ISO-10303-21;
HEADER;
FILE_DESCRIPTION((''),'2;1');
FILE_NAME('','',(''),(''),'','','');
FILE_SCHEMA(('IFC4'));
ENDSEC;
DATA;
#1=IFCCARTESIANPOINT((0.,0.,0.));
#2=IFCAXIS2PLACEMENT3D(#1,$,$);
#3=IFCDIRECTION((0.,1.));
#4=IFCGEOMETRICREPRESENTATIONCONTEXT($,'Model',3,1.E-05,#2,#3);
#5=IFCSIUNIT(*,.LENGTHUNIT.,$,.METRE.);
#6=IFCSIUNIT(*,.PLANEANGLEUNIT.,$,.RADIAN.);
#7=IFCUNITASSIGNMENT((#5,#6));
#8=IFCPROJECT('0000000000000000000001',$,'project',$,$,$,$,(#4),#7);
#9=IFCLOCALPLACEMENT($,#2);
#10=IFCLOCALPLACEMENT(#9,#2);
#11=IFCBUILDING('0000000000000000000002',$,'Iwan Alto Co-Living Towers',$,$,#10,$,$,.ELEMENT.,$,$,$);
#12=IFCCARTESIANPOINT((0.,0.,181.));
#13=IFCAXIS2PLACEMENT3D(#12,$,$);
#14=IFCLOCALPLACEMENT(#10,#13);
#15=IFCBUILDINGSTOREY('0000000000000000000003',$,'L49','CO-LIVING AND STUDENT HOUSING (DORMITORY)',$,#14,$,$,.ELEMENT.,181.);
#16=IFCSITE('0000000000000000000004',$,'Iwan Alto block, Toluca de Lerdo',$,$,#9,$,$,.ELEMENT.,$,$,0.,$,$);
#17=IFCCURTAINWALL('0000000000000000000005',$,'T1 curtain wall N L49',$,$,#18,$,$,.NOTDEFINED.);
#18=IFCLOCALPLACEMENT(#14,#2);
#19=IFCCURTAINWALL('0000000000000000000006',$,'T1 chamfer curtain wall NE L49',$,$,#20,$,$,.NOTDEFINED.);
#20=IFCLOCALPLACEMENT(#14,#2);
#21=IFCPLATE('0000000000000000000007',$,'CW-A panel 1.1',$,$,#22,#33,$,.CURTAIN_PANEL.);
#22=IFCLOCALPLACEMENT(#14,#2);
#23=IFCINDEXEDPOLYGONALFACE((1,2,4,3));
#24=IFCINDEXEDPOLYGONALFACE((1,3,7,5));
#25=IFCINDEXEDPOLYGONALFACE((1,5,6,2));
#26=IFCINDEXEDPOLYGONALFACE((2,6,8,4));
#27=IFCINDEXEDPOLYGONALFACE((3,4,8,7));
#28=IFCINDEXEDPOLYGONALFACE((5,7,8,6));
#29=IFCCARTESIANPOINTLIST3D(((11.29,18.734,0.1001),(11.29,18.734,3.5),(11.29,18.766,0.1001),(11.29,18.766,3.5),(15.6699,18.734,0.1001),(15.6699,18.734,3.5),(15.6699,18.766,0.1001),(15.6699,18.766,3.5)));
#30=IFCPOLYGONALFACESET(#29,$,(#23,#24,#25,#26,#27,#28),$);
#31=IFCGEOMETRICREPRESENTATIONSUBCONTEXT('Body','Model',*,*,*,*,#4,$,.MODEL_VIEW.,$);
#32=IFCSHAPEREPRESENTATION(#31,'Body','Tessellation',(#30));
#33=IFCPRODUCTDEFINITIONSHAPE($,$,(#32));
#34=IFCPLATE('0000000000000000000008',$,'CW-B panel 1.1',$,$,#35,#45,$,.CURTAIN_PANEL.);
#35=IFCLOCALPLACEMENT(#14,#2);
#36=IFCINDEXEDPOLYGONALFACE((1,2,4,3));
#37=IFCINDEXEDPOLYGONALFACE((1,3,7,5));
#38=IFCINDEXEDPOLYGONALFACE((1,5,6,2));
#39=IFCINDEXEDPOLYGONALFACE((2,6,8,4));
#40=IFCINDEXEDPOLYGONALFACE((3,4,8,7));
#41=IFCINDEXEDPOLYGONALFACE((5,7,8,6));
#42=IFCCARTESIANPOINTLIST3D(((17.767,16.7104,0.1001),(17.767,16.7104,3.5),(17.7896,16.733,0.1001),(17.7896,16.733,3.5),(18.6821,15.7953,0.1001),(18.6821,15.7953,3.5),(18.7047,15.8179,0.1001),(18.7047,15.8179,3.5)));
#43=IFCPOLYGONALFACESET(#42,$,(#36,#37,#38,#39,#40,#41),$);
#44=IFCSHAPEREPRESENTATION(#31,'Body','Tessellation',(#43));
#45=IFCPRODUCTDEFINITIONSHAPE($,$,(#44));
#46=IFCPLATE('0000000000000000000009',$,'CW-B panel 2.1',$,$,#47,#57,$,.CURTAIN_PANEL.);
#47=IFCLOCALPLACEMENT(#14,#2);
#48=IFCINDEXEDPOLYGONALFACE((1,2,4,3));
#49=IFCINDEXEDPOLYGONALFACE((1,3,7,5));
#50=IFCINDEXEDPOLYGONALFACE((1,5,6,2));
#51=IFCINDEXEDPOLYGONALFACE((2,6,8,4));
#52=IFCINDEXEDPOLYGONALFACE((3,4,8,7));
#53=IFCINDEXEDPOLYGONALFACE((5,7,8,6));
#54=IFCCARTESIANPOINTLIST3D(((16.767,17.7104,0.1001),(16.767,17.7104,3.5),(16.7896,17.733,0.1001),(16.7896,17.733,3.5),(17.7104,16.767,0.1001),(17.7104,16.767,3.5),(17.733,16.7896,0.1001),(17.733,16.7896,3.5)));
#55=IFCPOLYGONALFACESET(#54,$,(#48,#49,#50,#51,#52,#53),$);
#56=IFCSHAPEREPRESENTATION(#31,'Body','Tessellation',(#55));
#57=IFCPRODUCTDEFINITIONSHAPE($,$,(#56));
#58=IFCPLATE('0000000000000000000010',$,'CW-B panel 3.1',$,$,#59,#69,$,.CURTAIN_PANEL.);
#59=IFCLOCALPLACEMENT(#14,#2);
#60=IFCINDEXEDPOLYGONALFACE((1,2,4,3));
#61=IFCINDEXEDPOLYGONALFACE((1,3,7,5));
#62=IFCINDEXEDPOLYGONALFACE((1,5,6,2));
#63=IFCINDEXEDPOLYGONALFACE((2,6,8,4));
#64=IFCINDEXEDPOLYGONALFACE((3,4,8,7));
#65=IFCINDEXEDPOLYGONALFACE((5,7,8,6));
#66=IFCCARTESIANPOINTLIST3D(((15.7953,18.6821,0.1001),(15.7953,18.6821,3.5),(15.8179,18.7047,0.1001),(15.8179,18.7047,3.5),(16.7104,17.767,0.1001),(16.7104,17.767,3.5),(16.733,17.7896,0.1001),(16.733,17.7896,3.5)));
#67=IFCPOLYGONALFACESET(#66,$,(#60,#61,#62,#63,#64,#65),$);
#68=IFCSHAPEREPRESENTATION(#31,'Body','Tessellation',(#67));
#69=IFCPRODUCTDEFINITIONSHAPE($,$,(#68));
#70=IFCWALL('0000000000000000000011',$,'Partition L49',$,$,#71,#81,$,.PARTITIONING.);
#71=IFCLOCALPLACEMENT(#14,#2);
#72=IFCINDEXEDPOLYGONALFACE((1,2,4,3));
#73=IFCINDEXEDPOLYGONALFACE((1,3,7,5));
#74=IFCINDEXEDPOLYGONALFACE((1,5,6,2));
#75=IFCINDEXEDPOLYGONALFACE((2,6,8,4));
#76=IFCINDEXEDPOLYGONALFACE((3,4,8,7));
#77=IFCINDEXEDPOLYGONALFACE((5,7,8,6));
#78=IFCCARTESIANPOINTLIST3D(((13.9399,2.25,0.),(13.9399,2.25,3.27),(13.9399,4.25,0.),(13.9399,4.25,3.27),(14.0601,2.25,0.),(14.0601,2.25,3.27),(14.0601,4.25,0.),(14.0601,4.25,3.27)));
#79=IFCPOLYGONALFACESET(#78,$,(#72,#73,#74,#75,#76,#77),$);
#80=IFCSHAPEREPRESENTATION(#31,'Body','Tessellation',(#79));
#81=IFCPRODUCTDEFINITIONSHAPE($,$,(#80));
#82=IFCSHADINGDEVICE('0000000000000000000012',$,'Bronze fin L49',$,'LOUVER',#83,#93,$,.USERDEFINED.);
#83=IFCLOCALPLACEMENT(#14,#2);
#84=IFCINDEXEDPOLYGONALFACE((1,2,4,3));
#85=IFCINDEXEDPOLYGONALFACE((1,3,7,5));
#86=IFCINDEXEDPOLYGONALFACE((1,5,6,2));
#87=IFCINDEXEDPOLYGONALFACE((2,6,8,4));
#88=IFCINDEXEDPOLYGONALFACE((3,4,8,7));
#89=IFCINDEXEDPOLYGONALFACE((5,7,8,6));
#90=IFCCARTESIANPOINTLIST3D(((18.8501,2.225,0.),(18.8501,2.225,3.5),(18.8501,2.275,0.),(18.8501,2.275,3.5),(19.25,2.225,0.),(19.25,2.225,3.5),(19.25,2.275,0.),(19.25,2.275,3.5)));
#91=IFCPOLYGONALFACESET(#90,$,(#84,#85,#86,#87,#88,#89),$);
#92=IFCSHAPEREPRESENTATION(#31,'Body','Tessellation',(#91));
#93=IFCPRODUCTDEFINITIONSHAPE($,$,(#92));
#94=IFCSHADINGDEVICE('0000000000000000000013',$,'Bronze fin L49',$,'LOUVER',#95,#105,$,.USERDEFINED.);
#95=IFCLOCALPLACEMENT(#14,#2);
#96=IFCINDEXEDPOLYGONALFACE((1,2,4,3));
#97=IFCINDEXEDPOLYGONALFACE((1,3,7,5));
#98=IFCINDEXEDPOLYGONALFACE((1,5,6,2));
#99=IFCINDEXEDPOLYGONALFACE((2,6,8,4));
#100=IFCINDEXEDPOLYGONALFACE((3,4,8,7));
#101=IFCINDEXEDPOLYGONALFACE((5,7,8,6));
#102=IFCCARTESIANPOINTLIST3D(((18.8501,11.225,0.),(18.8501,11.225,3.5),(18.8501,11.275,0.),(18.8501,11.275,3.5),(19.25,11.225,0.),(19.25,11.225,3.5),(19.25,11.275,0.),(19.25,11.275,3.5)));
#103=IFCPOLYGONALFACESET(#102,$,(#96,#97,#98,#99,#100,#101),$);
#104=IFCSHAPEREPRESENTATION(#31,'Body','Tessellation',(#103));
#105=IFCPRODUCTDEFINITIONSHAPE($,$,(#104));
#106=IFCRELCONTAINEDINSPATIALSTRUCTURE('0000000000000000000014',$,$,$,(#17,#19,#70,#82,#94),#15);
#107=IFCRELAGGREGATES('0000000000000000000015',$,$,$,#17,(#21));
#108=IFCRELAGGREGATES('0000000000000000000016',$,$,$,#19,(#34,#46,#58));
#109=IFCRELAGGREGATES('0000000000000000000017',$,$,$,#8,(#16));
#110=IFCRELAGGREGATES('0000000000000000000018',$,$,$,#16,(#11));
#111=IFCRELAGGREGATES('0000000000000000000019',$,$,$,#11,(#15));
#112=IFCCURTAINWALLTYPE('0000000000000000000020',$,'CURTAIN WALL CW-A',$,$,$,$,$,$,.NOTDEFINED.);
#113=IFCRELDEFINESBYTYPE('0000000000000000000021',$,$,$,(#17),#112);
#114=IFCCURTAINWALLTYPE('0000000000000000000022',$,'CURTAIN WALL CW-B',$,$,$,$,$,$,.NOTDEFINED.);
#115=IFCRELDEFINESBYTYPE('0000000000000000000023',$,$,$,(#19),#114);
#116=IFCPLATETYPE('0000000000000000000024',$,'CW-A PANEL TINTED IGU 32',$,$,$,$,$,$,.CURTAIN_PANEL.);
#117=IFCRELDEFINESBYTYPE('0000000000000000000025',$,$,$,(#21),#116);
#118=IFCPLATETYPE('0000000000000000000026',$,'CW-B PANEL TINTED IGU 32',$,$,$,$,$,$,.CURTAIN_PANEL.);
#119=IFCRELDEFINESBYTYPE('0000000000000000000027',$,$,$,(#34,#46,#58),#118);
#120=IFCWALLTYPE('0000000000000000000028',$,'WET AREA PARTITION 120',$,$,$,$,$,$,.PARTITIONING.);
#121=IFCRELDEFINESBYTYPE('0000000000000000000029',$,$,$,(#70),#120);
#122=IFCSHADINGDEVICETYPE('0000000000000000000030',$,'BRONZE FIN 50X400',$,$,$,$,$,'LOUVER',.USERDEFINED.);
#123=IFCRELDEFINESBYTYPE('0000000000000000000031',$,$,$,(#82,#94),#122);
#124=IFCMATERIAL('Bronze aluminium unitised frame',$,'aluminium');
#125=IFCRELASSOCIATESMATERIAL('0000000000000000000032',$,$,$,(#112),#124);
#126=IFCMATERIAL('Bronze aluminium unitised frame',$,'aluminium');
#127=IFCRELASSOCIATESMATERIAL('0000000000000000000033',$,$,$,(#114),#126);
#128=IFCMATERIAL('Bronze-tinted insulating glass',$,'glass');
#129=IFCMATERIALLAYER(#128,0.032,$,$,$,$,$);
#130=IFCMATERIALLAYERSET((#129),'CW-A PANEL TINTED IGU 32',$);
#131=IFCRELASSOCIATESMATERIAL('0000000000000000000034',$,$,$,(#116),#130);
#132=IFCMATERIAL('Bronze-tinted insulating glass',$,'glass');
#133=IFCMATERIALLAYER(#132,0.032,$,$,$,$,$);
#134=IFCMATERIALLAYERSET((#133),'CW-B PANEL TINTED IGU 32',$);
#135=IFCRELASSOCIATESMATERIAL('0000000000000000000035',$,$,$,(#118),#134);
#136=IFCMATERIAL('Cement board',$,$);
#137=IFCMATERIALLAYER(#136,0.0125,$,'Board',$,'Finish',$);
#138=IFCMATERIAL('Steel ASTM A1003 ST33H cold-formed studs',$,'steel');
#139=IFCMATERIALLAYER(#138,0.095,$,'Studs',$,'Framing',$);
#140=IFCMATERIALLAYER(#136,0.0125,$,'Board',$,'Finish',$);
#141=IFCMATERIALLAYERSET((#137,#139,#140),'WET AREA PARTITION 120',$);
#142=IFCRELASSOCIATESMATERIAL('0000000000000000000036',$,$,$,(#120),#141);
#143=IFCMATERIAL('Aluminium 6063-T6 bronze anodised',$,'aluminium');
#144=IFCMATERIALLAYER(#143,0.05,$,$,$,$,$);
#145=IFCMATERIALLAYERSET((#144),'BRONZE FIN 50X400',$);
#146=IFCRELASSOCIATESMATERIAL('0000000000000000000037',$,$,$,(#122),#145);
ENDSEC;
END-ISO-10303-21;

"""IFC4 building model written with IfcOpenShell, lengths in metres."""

from ifc_helpers import new_model, si_unit, direction, frame, frame_2d, origin, origin_2d, place, context, subcontext, project, spatial, rectangle, extrude, material, layer, layer_set, type_object, element, aggregate, save


model = new_model("IFC4")

# Units and contexts
model_context = context("Model", 3, precision=1e-05, world=origin(), true_north=direction((0.0, 1.0)))
body_context = subcontext(model_context, "Body", "Model", "MODEL_VIEW")
ifc_project = project(units=[si_unit("LENGTHUNIT", "METRE"), si_unit("PLANEANGLEUNIT", "RADIAN")], contexts=[model_context])

# Site, building, storey
site_placement = place(None, origin())
site = spatial("IfcSite", under=ifc_project, at=site_placement, Name="Iwan Alto block, Toluca de Lerdo", CompositionType="ELEMENT", RefElevation=0.0)
building_placement = place(site_placement, origin())
building = spatial("IfcBuilding", under=site, at=building_placement, Name="Iwan Alto Co-Living Towers", CompositionType="ELEMENT")
storey_placement = place(building_placement, frame((0.0, 0.0, 181.0)))
storey = spatial("IfcBuildingStorey", under=building, at=storey_placement, Name="L49", Description="CO-LIVING AND STUDENT HOUSING (DORMITORY)", CompositionType="ELEMENT", Elevation=181.0)

# Shared definitions
ifc_material_1 = material(Name="Bronze aluminium unitised frame", Category="aluminium")
curtain_wall_type_1 = type_object("IfcCurtainWallType", Name="CURTAIN WALL CW-A", PredefinedType="NOTDEFINED", material=ifc_material_1)

# Curtain wall
curtain_wall_1_placement = place(storey_placement, origin())
curtain_wall_1 = element("IfcCurtainWall", 1, at=curtain_wall_1_placement, inside=storey, type_object=curtain_wall_type_1, Name="T1 curtain wall N L49", PredefinedType="NOTDEFINED")

# Curtain wall
ifc_material_2 = material(Name="Bronze aluminium unitised frame", Category="aluminium")
curtain_wall_type_2 = type_object("IfcCurtainWallType", Name="CURTAIN WALL CW-B", PredefinedType="NOTDEFINED", material=ifc_material_2)
curtain_wall_2_placement = place(storey_placement, origin())
curtain_wall_2 = element("IfcCurtainWall", 2, at=curtain_wall_2_placement, inside=storey, type_object=curtain_wall_type_2, Name="T1 chamfer curtain wall NE L49", PredefinedType="NOTDEFINED")

# Plates
ifc_material_3 = material(Name="Bronze-tinted insulating glass", Category="glass")
ifc_layer_1 = layer(ifc_material_3, 0.032)
ifc_layer_set_1 = layer_set([ifc_layer_1], Name="CW-A PANEL TINTED IGU 32")
plate_type_1 = type_object("IfcPlateType", Name="CW-A PANEL TINTED IGU 32", PredefinedType="CURTAIN_PANEL", material=ifc_layer_set_1)
plate_1_placement = place(storey_placement, frame((13.48, 18.75, 0.1001), z_axis=(0.0, 0.0, 1.0), x_axis=(-1.0, 0.0, 0.0)))
plate_1 = element("IfcPlate", 3, at=plate_1_placement, type_object=plate_type_1, Name="CW-A panel 1.1", PredefinedType="CURTAIN_PANEL", context=body_context, shape_type="SweptSolid", body=[
    extrude(rectangle(XDim=4.3799, YDim=0.032, at=origin_2d()), origin(), (0.0, 0.0, 1.0), 3.3999),
])
aggregate(curtain_wall_1, [plate_1])
ifc_material_4 = material(Name="Bronze-tinted insulating glass", Category="glass")
ifc_layer_2 = layer(ifc_material_4, 0.032)
ifc_layer_set_2 = layer_set([ifc_layer_2], Name="CW-B PANEL TINTED IGU 32")
plate_type_2 = type_object("IfcPlateType", Name="CW-B PANEL TINTED IGU 32", PredefinedType="CURTAIN_PANEL", material=ifc_layer_set_2)
plate_2_placement = place(storey_placement, frame((18.2358, 16.2642, 0.1001), z_axis=(0.0, 0.0, 1.0), x_axis=(-0.707107, 0.707107, 0.0)))
plate_2 = element("IfcPlate", 4, at=plate_2_placement, type_object=plate_type_2, Name="CW-B panel 1.1", PredefinedType="CURTAIN_PANEL", context=body_context, shape_type="SweptSolid", body=[
    extrude(rectangle(XDim=1.2942, YDim=0.032, at=origin_2d()), origin(), (0.0, 0.0, 1.0), 3.3999),
])
plate_3_placement = place(storey_placement, frame((17.25, 17.25, 0.1001), z_axis=(0.0, 0.0, 1.0), x_axis=(-0.707107, 0.707107, 0.0)))
plate_3 = element("IfcPlate", 5, at=plate_3_placement, type_object=plate_type_2, Name="CW-B panel 2.1", PredefinedType="CURTAIN_PANEL", context=body_context, shape_type="SweptSolid", body=[
    extrude(rectangle(XDim=1.3342, YDim=0.032, at=origin_2d()), origin(), (0.0, 0.0, 1.0), 3.3999),
])
plate_4_placement = place(storey_placement, frame((16.2642, 18.2358, 0.1001), z_axis=(0.0, 0.0, 1.0), x_axis=(-0.707107, 0.707107, 0.0)))
plate_4 = element("IfcPlate", 6, at=plate_4_placement, type_object=plate_type_2, Name="CW-B panel 3.1", PredefinedType="CURTAIN_PANEL", context=body_context, shape_type="SweptSolid", body=[
    extrude(rectangle(XDim=1.2942, YDim=0.032, at=origin_2d()), origin(), (0.0, 0.0, 1.0), 3.3999),
])
aggregate(curtain_wall_2, [plate_2, plate_3, plate_4])

# Wall
ifc_material_5 = material(Name="Cement board")
ifc_layer_3 = layer(ifc_material_5, 0.0125, Name="Board", Category="Finish")
ifc_material_6 = material(Name="Steel ASTM A1003 ST33H cold-formed studs", Category="steel")
ifc_layer_4 = layer(ifc_material_6, 0.095, Name="Studs", Category="Framing")
ifc_layer_5 = layer(ifc_material_5, 0.0125, Name="Board", Category="Finish")
ifc_layer_set_3 = layer_set([ifc_layer_3, ifc_layer_4, ifc_layer_5], Name="WET AREA PARTITION 120")
wall_type = type_object("IfcWallType", Name="WET AREA PARTITION 120", PredefinedType="PARTITIONING", material=ifc_layer_set_3)
wall_placement = place(storey_placement, frame((14.0, 2.25, 0.0), z_axis=(0.0, 0.0, 1.0), x_axis=(0.0, 1.0, 0.0)))
element("IfcWall", 7, at=wall_placement, inside=storey, type_object=wall_type, Name="Partition L49", PredefinedType="PARTITIONING", context=body_context, shape_type="SweptSolid", body=[
    extrude(rectangle(XDim=2.0, YDim=0.1201, at=frame_2d((1.0, 0.0))), origin(), (0.0, 0.0, 1.0), 3.27),
])

# Shading devices
ifc_material_7 = material(Name="Aluminium 6063-T6 bronze anodised", Category="aluminium")
ifc_layer_6 = layer(ifc_material_7, 0.05)
ifc_layer_set_4 = layer_set([ifc_layer_6], Name="BRONZE FIN 50X400")
shading_device_type = type_object("IfcShadingDeviceType", Name="BRONZE FIN 50X400", ElementType="LOUVER", PredefinedType="USERDEFINED", material=ifc_layer_set_4)
for number, where, z_axis, x_axis, name in (
    (8, (19.05, 2.25, 0.0), (0.0, 0.0, 1.0), (0.0, 1.0, 0.0), "Bronze fin L49"),
    (9, (19.05, 11.25, 0.0), (0.0, 0.0, 1.0), (0.0, 1.0, 0.0), "Bronze fin L49"),
):
    element("IfcShadingDevice", number, at=place(storey_placement, frame(where, z_axis=z_axis, x_axis=x_axis)), inside=storey, type_object=shading_device_type, Name=name, ObjectType="LOUVER", PredefinedType="USERDEFINED", context=body_context, shape_type="SweptSolid", body=[
        extrude(rectangle(XDim=0.05, YDim=0.3999, at=origin_2d()), origin(), (0.0, 0.0, 1.0), 3.5),
    ])

save(model, "model.ifc")
